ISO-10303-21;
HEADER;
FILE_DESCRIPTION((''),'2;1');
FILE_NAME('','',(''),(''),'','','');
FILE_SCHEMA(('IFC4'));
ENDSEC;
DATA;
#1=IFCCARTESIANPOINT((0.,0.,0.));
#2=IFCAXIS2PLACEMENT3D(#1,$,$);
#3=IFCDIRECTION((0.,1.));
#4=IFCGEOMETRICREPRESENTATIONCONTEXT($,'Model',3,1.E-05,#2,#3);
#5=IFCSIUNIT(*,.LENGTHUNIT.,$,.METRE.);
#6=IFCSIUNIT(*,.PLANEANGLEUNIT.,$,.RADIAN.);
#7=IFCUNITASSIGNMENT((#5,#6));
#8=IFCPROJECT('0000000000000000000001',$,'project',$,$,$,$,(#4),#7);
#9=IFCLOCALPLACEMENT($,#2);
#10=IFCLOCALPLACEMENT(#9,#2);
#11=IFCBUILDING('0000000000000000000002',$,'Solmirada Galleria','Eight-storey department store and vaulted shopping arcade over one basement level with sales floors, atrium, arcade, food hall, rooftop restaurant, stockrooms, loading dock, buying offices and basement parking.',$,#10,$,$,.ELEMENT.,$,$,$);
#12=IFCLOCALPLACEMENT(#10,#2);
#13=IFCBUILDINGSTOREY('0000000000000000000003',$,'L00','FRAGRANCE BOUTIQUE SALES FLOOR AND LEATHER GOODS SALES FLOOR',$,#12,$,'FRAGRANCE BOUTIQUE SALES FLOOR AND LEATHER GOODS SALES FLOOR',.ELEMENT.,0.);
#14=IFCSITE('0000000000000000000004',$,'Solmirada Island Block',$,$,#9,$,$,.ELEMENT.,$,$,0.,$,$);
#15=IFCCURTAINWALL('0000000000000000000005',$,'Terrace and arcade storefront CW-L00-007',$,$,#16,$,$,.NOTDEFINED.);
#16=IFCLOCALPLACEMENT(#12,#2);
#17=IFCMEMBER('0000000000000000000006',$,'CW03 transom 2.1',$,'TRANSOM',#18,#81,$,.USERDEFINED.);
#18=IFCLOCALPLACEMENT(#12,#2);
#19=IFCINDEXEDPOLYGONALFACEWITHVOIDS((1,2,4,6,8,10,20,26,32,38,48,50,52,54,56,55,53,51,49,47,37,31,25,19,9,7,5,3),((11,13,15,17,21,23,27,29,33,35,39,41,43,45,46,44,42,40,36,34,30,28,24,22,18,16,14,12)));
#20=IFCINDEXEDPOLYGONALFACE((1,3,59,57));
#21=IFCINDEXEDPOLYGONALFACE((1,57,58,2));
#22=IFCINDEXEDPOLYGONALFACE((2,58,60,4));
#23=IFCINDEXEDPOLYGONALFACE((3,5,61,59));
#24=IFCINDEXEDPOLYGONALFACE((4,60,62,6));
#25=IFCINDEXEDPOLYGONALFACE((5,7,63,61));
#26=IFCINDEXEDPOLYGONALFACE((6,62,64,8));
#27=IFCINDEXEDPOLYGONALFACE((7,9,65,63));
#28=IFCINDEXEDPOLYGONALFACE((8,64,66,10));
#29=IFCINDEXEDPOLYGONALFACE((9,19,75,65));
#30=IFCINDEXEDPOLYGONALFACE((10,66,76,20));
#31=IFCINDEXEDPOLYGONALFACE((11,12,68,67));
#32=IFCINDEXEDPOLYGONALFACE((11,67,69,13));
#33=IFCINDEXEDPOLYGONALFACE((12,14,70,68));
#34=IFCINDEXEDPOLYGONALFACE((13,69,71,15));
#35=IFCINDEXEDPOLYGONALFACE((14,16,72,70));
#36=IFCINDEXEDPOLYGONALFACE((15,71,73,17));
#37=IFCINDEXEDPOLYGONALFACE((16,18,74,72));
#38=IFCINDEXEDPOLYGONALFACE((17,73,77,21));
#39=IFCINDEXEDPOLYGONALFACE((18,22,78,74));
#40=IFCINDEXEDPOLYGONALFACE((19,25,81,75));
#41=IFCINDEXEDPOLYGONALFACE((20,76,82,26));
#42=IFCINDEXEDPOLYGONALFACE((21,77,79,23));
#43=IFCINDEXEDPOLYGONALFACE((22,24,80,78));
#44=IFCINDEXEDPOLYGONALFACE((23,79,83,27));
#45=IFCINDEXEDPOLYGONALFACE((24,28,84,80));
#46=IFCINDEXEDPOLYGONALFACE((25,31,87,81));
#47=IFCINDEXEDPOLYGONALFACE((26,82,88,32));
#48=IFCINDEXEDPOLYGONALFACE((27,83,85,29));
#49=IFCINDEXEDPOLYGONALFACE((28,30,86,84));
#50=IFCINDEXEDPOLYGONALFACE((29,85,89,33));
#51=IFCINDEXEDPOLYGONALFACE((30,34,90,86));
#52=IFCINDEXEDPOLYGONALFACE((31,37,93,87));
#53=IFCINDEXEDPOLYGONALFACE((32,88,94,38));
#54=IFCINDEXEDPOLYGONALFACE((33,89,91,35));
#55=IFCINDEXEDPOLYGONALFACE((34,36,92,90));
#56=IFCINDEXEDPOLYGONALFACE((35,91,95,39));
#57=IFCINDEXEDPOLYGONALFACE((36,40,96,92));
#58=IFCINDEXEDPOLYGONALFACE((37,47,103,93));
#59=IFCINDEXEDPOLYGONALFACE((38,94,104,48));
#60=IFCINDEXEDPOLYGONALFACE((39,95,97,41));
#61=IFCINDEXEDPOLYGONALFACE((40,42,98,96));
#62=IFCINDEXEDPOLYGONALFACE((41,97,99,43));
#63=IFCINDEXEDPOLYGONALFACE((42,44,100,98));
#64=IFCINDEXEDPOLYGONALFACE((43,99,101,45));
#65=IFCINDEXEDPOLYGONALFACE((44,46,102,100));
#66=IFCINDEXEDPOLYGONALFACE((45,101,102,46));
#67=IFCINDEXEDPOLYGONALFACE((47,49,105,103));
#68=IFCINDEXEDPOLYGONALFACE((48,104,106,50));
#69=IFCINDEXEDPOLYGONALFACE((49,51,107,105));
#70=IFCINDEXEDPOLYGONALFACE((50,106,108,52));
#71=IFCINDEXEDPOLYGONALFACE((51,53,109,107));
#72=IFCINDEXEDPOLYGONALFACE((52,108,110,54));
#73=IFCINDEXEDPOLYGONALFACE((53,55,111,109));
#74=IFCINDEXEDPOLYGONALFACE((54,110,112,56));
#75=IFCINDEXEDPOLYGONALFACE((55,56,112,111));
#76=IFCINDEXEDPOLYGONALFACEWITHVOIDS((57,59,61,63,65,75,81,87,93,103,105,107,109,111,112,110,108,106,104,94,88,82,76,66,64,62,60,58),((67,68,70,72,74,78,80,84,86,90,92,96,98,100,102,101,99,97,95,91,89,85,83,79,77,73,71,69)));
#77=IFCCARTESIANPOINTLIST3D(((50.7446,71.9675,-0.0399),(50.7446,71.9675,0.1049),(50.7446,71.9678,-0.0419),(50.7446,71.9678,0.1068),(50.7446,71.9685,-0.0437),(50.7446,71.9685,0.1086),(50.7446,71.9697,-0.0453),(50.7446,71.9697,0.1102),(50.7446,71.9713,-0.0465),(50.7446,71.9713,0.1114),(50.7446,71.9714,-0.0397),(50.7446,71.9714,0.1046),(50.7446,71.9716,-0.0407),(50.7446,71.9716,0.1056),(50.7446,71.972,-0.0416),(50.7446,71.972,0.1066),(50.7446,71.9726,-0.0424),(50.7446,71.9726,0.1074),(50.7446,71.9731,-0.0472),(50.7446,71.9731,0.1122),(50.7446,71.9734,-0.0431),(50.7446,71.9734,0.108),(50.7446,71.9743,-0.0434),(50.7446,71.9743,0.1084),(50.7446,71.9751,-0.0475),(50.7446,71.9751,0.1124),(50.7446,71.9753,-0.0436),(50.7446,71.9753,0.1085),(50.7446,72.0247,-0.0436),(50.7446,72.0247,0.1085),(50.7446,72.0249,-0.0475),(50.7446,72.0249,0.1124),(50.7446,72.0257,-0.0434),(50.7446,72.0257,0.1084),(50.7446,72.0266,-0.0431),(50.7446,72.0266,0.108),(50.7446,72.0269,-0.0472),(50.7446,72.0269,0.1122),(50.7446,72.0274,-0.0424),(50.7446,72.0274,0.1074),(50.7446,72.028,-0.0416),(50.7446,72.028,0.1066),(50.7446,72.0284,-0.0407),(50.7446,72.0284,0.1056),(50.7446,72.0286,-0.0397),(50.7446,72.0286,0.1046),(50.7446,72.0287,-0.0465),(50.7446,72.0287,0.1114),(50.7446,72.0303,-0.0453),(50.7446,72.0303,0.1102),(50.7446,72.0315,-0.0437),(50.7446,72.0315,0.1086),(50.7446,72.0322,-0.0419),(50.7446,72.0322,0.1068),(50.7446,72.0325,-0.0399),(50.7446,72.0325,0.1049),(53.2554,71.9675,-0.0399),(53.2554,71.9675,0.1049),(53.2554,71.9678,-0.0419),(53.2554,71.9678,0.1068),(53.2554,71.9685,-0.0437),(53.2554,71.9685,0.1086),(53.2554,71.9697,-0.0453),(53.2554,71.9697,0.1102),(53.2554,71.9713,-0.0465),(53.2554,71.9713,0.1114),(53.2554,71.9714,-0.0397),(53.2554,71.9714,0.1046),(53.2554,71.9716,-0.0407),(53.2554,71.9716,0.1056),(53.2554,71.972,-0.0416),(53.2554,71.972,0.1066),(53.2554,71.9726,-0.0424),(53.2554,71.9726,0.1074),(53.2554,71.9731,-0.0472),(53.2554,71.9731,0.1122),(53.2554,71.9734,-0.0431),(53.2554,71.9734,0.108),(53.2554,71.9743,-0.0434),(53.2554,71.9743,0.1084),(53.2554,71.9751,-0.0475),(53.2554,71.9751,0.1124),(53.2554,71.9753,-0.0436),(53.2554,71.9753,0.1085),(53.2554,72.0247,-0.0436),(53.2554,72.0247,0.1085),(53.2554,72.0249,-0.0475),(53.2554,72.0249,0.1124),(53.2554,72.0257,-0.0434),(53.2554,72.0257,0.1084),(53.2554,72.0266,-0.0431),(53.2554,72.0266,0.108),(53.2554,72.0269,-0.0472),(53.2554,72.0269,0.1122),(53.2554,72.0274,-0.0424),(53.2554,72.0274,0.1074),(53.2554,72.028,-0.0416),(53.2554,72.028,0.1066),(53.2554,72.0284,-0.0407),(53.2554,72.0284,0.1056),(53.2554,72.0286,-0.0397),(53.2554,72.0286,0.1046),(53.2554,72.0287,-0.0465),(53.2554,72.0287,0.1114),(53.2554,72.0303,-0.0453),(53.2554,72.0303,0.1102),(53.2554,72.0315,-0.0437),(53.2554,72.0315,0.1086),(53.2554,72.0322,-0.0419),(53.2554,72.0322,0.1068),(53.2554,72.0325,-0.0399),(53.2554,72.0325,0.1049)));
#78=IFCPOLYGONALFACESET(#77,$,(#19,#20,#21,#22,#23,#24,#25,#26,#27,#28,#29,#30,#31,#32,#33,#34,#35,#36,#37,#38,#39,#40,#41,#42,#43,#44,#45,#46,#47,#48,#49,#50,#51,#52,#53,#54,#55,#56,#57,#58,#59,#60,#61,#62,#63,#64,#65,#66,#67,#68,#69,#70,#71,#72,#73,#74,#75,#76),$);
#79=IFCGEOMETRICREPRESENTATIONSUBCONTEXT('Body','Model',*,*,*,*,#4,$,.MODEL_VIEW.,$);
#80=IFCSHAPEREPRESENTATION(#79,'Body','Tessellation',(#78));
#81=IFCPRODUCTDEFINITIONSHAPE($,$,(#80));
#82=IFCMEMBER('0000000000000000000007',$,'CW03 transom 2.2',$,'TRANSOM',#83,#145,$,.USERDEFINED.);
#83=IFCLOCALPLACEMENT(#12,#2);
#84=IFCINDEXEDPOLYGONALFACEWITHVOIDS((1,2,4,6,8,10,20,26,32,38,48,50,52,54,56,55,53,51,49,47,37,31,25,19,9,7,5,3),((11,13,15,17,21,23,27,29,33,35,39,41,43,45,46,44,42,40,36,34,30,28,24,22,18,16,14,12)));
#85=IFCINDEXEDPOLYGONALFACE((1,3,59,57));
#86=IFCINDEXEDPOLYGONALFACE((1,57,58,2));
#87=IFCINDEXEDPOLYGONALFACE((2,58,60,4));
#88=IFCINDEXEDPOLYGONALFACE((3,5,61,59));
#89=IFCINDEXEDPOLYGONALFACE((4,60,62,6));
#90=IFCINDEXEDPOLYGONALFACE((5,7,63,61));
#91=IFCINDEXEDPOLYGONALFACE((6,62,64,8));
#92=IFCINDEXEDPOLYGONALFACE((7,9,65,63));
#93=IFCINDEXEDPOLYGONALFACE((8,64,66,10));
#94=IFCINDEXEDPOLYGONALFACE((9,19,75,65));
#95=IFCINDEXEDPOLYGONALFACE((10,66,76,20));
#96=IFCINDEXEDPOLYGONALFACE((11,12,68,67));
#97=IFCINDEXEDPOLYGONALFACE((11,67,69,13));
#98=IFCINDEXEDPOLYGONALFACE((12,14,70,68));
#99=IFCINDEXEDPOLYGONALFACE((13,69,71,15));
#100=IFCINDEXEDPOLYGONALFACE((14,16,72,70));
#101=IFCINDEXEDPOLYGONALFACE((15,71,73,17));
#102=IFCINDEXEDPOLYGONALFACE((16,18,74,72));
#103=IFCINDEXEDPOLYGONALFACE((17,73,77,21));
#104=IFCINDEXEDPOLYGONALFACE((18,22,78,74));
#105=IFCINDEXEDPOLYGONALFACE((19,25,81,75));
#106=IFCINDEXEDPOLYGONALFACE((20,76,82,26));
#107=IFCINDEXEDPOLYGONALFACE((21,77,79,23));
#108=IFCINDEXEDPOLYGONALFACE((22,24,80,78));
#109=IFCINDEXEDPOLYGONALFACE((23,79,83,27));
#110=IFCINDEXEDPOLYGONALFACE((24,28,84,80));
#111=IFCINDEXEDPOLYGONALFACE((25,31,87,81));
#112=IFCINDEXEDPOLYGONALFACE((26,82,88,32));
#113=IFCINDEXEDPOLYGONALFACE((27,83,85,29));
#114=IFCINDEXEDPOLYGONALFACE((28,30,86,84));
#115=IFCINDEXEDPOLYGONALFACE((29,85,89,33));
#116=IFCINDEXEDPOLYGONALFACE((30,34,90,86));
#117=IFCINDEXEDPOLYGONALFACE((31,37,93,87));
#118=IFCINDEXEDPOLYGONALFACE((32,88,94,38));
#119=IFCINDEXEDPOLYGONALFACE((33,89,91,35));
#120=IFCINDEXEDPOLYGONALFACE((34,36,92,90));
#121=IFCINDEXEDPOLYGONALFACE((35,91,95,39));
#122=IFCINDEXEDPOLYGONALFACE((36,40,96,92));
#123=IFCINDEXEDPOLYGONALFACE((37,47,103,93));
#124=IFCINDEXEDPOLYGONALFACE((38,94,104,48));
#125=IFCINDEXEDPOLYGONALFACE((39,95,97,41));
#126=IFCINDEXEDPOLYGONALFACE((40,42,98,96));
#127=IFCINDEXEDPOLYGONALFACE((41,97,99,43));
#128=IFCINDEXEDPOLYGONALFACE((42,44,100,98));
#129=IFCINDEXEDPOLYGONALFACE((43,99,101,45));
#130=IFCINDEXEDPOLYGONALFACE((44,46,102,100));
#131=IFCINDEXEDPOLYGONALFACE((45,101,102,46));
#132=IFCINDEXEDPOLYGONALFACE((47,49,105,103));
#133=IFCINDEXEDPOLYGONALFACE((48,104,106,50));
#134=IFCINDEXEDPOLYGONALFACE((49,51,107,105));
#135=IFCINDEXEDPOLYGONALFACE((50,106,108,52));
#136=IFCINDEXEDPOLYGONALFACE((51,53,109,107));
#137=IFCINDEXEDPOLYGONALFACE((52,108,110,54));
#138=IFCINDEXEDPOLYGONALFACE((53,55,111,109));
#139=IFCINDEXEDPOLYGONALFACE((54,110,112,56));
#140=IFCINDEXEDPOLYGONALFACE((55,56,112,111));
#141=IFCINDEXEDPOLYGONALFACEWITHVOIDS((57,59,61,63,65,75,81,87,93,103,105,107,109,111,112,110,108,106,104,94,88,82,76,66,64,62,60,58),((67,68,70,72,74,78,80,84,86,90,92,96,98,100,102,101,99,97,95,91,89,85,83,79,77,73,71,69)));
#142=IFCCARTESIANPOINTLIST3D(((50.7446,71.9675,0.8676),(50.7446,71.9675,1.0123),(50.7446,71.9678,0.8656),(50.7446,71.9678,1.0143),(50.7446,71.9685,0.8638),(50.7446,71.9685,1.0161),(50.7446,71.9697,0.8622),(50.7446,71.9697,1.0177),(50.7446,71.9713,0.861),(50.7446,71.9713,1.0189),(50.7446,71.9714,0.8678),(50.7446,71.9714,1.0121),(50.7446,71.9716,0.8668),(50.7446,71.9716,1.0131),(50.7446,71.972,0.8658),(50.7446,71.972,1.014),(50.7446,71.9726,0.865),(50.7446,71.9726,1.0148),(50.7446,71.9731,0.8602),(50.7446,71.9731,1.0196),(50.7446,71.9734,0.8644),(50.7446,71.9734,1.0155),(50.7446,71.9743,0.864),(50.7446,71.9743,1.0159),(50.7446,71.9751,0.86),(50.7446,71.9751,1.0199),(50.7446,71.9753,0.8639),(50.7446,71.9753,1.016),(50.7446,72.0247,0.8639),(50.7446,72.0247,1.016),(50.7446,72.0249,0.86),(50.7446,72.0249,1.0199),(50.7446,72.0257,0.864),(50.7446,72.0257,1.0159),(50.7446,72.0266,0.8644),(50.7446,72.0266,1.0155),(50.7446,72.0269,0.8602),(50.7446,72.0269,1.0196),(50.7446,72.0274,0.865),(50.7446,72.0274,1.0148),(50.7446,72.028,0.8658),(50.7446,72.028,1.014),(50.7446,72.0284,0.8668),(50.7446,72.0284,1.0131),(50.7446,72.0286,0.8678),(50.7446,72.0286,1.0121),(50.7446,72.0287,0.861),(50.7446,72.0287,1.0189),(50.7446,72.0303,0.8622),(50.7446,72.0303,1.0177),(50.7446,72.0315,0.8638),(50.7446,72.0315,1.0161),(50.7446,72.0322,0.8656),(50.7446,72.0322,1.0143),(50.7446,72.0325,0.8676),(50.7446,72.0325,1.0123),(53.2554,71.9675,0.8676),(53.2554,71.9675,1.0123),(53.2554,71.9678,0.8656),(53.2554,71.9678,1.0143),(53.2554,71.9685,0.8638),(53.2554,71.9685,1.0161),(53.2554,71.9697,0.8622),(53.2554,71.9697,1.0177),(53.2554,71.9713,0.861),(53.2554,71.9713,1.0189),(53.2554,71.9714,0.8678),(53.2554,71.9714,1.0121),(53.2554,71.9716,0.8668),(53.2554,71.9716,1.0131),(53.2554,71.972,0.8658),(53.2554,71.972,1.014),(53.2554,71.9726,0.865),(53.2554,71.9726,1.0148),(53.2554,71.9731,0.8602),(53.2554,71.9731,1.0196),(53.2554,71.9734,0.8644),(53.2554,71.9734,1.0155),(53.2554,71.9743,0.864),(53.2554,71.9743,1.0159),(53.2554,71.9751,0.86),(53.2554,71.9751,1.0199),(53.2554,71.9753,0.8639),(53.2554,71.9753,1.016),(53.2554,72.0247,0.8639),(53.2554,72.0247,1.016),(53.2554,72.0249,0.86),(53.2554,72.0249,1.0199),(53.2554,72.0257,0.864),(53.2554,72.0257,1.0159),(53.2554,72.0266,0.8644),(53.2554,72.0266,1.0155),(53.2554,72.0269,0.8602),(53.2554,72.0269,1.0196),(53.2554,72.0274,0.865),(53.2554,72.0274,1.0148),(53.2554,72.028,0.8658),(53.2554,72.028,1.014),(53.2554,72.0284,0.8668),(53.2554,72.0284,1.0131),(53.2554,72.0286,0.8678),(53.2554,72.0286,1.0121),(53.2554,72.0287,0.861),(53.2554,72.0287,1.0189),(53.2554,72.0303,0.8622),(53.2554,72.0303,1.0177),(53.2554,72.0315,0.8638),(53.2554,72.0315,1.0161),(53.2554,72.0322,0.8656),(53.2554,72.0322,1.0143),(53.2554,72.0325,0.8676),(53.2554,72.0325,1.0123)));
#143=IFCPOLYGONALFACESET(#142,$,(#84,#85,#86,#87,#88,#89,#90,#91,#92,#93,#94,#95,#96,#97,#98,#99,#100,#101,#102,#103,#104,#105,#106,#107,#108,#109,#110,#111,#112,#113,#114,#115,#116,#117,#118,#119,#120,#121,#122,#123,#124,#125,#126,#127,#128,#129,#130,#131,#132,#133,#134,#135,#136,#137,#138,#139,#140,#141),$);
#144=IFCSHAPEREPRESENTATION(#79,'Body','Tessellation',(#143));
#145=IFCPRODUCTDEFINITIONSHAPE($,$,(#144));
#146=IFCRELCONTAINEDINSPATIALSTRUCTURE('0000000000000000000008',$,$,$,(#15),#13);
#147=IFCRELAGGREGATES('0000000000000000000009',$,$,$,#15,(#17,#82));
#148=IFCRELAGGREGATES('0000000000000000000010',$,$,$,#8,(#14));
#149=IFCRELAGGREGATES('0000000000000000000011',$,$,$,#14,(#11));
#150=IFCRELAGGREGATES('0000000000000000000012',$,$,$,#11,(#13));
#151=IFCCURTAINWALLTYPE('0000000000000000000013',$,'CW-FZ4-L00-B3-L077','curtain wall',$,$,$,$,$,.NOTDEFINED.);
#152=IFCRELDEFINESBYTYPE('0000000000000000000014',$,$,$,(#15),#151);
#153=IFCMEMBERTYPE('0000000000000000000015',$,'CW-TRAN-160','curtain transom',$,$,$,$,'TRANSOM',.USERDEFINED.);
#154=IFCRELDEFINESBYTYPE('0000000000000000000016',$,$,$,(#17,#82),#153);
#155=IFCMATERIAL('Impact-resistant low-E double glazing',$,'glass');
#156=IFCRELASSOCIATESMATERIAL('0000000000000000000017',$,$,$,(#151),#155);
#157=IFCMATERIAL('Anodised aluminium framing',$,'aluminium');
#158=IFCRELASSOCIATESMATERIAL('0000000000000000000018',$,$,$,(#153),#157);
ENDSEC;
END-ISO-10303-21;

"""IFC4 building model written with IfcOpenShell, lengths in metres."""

from ifc_helpers import new_model, si_unit, direction, frame, origin, origin_2d, place, context, subcontext, project, spatial, hollow_rectangle, extrude, material, material_profile, profile_set, type_object, element, aggregate, save


model = new_model("IFC4")

# Units and contexts
model_context = context("Model", 3, precision=1e-05, world=origin(), true_north=direction((0.0, 1.0)))
body_context = subcontext(model_context, "Body", "Model", "MODEL_VIEW")
ifc_project = project(units=[si_unit("LENGTHUNIT", "METRE"), si_unit("PLANEANGLEUNIT", "RADIAN")], contexts=[model_context])

# Site, building, storey
site_placement = place(None, origin())
site = spatial("IfcSite", under=ifc_project, at=site_placement, Name="Solmirada Island Block", CompositionType="ELEMENT", RefElevation=0.0)
building_placement = place(site_placement, origin())
building = spatial("IfcBuilding", under=site, at=building_placement, Name="Solmirada Galleria", Description="Eight-storey department store and vaulted shopping arcade over one basement level with sales floors, atrium, arcade, food hall, rooftop restaurant, stockrooms, loading dock, buying offices and basement parking.", CompositionType="ELEMENT")
storey_placement = place(building_placement, origin())
storey = spatial("IfcBuildingStorey", under=building, at=storey_placement, Name="L00", Description="FRAGRANCE BOUTIQUE SALES FLOOR AND LEATHER GOODS SALES FLOOR", LongName="FRAGRANCE BOUTIQUE SALES FLOOR AND LEATHER GOODS SALES FLOOR", CompositionType="ELEMENT", Elevation=0.0)

# Curtain wall
ifc_material_1 = material(Name="Impact-resistant low-E double glazing", Category="glass")
curtain_wall_type_1 = type_object("IfcCurtainWallType", Name="CW-FZ4-L00-B3-L077", Description="curtain wall", PredefinedType="NOTDEFINED", material=ifc_material_1)
curtain_wall_1_placement = place(storey_placement, origin())
curtain_wall_1 = element("IfcCurtainWall", 1, at=curtain_wall_1_placement, inside=storey, type_object=curtain_wall_type_1, Name="Terrace and arcade storefront CW-L00-007", PredefinedType="NOTDEFINED")
ifc_material_2 = material(Name="Anodised aluminium framing", Category="aluminium")

# Members
ifc_material_profile_1 = material_profile(ifc_material_2, hollow_rectangle(XDim=0.0649, YDim=0.1599, WallThickness=0.0039, InnerFilletRadius=0.0039, OuterFilletRadius=0.0076, at=origin_2d()), Name="ALU-TRAN-160X65")
ifc_profile_set_1 = profile_set([ifc_material_profile_1], Name="Anodised aluminium framing")
member_type_1 = type_object("IfcMemberType", Name="CW-TRAN-160", Description="curtain transom", ElementType="TRANSOM", PredefinedType="USERDEFINED", material=ifc_profile_set_1)
member_1_placement = place(storey_placement, frame((53.2554, 72.0, 0.0325), z_axis=(-1.0, 0.0, 0.0), x_axis=(0.0, -1.0, 0.0)))
member_1 = element("IfcMember", 2, at=member_1_placement, type_object=member_type_1, Name="CW03 transom 2.1", ObjectType="TRANSOM", PredefinedType="USERDEFINED", context=body_context, shape_type="SweptSolid", body=[
    extrude(hollow_rectangle(XDim=0.0649, YDim=0.1599, WallThickness=0.0039, InnerFilletRadius=0.0039, OuterFilletRadius=0.0076, at=origin_2d()), origin(), (0.0, 0.0, 1.0), 2.5107),
])
member_2_placement = place(storey_placement, frame((53.2554, 72.0, 0.9399), z_axis=(-1.0, 0.0, 0.0), x_axis=(0.0, -1.0, 0.0)))
member_2 = element("IfcMember", 3, at=member_2_placement, type_object=member_type_1, Name="CW03 transom 2.2", ObjectType="TRANSOM", PredefinedType="USERDEFINED", context=body_context, shape_type="SweptSolid", body=[
    extrude(hollow_rectangle(XDim=0.0649, YDim=0.1599, WallThickness=0.0039, InnerFilletRadius=0.0039, OuterFilletRadius=0.0076, at=origin_2d()), origin(), (0.0, 0.0, 1.0), 2.5107),
])

aggregate(curtain_wall_1, [member_1, member_2])

save(model, "model.ifc")
